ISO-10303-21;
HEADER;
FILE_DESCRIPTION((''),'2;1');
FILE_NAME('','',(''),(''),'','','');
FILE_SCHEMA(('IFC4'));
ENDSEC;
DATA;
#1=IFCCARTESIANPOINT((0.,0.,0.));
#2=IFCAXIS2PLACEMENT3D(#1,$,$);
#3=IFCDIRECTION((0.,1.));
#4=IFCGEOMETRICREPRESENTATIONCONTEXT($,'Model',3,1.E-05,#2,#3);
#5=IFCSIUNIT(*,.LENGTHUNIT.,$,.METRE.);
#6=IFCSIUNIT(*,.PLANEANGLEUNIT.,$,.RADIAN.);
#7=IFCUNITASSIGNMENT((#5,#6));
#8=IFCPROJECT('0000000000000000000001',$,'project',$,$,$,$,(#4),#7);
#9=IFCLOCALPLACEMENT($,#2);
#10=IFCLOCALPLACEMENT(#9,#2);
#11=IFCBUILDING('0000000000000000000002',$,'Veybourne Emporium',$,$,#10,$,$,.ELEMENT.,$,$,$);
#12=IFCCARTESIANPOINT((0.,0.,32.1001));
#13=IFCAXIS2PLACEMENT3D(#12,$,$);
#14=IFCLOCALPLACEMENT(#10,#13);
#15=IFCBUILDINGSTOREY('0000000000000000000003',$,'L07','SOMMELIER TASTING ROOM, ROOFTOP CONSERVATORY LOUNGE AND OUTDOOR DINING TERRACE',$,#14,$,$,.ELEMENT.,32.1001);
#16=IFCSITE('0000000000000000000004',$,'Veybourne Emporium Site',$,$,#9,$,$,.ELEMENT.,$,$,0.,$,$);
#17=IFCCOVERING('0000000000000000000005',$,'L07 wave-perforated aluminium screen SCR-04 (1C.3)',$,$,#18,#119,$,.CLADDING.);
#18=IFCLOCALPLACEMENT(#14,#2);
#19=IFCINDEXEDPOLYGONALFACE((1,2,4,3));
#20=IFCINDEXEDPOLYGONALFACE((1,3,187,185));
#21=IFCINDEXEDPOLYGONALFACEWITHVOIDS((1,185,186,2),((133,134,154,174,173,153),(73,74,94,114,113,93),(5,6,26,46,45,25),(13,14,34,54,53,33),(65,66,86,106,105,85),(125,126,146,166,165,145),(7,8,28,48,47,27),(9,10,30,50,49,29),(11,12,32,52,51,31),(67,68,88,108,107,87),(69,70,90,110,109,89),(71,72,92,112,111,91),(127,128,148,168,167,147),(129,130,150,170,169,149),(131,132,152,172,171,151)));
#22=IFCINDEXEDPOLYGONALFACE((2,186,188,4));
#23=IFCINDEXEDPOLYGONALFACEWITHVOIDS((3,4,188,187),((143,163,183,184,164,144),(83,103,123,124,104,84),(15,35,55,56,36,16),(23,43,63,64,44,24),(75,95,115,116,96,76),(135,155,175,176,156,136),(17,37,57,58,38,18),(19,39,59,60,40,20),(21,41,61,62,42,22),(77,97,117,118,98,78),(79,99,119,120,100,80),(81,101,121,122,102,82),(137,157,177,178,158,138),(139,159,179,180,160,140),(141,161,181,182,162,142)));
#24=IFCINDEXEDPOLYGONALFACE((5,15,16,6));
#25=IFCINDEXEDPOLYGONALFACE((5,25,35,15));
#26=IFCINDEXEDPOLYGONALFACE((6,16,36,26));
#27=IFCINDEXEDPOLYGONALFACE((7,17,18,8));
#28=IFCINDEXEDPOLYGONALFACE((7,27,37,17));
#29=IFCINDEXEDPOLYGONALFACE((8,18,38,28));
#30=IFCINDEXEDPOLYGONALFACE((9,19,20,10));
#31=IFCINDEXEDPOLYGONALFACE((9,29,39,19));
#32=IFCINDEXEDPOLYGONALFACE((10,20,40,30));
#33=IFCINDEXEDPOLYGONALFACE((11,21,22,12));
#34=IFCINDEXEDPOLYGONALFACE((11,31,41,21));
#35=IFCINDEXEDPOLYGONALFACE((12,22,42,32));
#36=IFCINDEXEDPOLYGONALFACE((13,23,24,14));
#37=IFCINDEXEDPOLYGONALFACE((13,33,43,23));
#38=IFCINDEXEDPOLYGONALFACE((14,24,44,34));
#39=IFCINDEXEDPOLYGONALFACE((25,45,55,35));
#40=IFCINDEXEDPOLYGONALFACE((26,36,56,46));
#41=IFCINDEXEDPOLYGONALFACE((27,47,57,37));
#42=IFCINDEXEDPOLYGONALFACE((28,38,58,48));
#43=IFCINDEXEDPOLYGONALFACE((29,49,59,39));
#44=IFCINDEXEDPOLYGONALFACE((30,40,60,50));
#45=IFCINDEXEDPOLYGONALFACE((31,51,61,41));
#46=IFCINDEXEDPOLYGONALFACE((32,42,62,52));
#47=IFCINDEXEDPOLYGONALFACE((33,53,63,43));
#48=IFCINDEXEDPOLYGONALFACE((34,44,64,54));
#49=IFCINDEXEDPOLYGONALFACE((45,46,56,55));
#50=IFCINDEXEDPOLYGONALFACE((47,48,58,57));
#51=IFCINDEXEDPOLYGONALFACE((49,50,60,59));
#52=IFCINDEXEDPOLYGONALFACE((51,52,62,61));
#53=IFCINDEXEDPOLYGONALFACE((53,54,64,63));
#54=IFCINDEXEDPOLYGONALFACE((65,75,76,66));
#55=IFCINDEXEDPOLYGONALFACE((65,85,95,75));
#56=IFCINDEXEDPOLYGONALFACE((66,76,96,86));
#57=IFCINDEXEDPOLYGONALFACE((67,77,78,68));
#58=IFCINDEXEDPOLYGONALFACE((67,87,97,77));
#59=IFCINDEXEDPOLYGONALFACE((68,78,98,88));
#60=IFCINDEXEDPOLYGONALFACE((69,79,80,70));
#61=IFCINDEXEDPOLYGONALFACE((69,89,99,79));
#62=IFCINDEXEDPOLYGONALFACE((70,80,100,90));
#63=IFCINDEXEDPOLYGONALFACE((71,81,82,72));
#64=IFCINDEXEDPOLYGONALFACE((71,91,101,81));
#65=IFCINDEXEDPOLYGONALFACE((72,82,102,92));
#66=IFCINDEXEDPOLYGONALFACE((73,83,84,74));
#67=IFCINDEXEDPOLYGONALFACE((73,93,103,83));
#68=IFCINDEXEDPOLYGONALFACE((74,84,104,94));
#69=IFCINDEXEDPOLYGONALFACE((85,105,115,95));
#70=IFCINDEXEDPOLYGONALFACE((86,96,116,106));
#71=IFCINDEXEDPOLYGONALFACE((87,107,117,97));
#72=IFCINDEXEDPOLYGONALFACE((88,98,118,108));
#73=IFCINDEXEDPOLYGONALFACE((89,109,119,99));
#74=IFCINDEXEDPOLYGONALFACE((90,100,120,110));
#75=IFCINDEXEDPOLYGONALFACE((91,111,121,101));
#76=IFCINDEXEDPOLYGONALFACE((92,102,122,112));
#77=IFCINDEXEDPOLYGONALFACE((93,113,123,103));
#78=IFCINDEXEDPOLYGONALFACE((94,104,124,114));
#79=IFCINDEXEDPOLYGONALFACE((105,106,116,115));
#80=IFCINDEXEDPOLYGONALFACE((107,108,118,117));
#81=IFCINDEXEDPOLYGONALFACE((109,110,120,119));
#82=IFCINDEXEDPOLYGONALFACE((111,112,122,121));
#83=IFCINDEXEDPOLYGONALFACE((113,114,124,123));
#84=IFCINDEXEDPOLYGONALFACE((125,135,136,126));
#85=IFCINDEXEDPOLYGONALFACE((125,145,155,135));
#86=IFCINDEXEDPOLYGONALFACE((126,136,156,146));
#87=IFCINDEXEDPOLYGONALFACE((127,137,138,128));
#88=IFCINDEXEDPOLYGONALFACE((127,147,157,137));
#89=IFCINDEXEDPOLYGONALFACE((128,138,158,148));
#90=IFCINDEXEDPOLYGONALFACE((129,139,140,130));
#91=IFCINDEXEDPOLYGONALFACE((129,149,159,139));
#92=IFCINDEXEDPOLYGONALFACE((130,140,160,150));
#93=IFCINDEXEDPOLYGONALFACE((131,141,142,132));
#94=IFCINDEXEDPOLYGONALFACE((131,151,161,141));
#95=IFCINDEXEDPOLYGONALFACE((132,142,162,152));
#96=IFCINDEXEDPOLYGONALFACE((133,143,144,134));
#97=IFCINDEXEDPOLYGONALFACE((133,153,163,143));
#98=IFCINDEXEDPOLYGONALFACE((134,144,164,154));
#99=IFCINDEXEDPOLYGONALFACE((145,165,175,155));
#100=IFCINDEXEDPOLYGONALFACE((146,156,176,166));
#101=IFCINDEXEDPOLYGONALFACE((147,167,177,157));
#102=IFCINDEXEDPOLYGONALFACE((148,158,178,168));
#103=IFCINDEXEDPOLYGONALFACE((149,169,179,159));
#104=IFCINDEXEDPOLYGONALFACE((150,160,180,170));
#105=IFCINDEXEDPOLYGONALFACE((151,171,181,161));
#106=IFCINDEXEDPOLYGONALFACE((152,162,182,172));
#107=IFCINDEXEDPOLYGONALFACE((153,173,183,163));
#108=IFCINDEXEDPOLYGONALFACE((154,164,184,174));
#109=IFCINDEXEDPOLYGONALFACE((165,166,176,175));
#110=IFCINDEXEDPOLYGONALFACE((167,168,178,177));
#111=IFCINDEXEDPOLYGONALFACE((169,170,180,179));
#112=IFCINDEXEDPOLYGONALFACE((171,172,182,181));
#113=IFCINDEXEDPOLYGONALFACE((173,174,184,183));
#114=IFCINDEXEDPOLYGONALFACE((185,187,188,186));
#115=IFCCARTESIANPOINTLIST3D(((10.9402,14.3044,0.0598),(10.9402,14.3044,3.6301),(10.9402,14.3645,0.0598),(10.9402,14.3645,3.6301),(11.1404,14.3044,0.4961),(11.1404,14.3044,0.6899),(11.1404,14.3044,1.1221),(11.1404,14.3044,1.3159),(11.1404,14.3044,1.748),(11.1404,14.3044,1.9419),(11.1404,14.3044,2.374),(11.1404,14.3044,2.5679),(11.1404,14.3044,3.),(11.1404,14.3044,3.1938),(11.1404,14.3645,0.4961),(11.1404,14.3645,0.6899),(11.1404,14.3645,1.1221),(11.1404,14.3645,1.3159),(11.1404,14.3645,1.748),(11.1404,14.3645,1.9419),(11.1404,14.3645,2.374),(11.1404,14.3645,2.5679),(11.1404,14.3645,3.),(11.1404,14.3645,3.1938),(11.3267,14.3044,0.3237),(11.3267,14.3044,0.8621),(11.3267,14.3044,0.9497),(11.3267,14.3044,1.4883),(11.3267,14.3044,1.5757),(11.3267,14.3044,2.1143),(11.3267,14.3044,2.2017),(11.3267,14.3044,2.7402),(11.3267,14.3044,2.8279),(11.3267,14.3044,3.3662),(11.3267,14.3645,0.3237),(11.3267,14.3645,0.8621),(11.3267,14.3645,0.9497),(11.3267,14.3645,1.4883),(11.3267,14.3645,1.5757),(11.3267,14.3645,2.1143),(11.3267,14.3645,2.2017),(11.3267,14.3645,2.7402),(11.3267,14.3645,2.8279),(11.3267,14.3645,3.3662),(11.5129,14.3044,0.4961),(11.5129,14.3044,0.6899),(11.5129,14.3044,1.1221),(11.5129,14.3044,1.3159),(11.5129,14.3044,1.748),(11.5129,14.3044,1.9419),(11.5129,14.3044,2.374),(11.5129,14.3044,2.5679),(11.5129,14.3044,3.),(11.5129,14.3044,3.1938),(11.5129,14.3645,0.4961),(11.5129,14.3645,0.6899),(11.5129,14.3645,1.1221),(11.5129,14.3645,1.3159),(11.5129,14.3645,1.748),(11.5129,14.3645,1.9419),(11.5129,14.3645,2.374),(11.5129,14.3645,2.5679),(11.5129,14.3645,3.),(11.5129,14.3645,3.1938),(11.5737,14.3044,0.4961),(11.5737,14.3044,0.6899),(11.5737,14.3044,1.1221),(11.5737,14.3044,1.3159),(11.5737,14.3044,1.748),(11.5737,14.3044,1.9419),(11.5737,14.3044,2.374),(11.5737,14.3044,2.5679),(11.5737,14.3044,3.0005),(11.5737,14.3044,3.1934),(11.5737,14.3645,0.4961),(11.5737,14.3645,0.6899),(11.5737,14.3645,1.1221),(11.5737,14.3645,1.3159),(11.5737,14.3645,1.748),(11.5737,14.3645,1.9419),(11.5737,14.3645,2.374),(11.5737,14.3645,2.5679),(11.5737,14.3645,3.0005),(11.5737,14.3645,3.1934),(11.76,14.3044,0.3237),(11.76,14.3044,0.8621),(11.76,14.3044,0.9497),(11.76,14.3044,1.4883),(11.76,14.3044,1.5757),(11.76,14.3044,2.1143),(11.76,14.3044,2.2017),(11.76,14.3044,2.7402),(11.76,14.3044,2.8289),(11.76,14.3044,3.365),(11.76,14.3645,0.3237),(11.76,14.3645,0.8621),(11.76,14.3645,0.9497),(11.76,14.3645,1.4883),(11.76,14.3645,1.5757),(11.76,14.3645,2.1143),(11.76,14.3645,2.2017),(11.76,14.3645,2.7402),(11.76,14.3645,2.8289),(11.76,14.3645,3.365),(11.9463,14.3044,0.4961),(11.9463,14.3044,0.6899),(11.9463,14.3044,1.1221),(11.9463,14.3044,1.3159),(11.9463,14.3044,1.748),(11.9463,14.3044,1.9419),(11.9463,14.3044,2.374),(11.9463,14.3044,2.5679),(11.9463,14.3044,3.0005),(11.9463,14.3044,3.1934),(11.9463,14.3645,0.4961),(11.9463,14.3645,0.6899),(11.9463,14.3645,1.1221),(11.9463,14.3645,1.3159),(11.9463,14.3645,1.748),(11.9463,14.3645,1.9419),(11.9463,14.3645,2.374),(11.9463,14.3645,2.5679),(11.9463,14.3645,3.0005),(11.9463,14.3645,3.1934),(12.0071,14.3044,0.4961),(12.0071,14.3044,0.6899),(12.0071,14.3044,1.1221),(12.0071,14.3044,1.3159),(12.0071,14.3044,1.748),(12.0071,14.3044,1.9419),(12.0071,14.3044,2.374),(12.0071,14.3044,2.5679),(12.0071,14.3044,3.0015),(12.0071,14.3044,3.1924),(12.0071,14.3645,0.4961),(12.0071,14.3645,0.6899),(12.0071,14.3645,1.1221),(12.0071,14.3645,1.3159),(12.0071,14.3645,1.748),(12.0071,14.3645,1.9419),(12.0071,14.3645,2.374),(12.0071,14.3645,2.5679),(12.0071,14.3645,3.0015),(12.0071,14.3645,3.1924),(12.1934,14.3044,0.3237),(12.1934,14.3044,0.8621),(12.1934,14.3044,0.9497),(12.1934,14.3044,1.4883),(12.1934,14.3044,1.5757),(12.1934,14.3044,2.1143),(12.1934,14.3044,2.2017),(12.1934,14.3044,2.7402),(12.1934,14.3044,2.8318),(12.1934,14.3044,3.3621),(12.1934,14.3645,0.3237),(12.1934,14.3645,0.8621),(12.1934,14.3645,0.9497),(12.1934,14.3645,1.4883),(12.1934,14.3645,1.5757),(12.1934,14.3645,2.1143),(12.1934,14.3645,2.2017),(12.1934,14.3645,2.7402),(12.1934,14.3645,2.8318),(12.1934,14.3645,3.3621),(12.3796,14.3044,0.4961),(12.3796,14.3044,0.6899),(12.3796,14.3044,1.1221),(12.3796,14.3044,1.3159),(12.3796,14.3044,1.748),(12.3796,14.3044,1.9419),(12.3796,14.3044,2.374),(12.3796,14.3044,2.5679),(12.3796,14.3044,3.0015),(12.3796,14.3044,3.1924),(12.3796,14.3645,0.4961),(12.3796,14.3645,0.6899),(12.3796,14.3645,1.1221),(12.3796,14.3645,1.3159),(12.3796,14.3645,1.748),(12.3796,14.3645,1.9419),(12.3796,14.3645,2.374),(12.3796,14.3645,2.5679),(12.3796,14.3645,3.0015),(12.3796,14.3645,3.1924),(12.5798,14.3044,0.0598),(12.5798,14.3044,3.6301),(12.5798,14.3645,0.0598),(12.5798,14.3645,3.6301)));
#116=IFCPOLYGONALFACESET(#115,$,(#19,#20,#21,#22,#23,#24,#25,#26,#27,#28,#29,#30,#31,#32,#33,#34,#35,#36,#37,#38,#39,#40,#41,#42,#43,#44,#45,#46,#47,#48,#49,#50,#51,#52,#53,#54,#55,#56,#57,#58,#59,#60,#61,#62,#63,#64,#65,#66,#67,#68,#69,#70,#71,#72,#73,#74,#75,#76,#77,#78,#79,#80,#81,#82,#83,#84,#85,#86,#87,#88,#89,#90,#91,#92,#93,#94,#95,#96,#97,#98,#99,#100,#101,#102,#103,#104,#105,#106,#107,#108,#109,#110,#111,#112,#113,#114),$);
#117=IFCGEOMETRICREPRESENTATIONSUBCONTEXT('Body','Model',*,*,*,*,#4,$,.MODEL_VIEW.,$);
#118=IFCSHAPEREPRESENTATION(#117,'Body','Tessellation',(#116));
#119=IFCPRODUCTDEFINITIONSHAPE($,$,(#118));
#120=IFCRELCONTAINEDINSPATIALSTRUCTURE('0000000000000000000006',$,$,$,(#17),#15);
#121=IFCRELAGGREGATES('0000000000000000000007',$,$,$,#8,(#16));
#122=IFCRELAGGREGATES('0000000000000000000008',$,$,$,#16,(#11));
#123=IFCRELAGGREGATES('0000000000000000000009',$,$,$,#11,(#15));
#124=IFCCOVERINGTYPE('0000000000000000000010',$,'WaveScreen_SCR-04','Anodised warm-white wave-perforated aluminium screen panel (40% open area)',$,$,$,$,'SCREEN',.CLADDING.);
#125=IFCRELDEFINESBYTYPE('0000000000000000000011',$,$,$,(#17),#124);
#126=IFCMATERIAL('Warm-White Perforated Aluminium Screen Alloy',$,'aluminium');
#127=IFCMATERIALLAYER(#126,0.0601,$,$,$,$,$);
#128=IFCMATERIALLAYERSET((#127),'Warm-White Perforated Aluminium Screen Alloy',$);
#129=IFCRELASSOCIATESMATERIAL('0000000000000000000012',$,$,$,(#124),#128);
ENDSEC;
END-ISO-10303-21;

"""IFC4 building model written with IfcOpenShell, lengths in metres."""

from ifc_helpers import new_model, si_unit, direction, frame, origin, place, context, subcontext, project, spatial, polyline, outline, extrude, material, layer, layer_set, type_object, element, save


model = new_model("IFC4")

# Units and contexts
model_context = context("Model", 3, precision=1e-05, world=origin(), true_north=direction((0.0, 1.0)))
body_context = subcontext(model_context, "Body", "Model", "MODEL_VIEW")
ifc_project = project(units=[si_unit("LENGTHUNIT", "METRE"), si_unit("PLANEANGLEUNIT", "RADIAN")], contexts=[model_context])

# Site, building, storey
site_placement = place(None, origin())
site = spatial("IfcSite", under=ifc_project, at=site_placement, Name="Veybourne Emporium Site", CompositionType="ELEMENT", RefElevation=0.0)
building_placement = place(site_placement, origin())
building = spatial("IfcBuilding", under=site, at=building_placement, Name="Veybourne Emporium", CompositionType="ELEMENT")
storey_placement = place(building_placement, frame((0.0, 0.0, 32.1001)))
storey = spatial("IfcBuildingStorey", under=building, at=storey_placement, Name="L07", Description="SOMMELIER TASTING ROOM, ROOFTOP CONSERVATORY LOUNGE AND OUTDOOR DINING TERRACE", CompositionType="ELEMENT", Elevation=32.1001)

# Covering
ifc_material_1 = material(Name="Warm-White Perforated Aluminium Screen Alloy", Category="aluminium")
ifc_layer_1 = layer(ifc_material_1, 0.0601)
ifc_layer_set_1 = layer_set([ifc_layer_1], Name="Warm-White Perforated Aluminium Screen Alloy")
covering_type_1 = type_object("IfcCoveringType", Name="WaveScreen_SCR-04", Description="Anodised warm-white wave-perforated aluminium screen panel (40% open area)", ElementType="SCREEN", PredefinedType="CLADDING", material=ifc_layer_set_1)
covering_1_placement = place(storey_placement, frame((11.76, 14.3044, 1.845), z_axis=(0.0, 1.0, 0.0), x_axis=(-1.0, 0.0, 0.0)))
element("IfcCovering", 1, at=covering_1_placement, inside=storey, type_object=covering_type_1, Name="L07 wave-perforated aluminium screen SCR-04 (1C.3)", PredefinedType="CLADDING", context=body_context, shape_type="SweptSolid", body=[
    extrude(outline(polyline([(-0.8198, -1.7852), (0.8198, -1.7852), (0.8198, 1.7852), (-0.8198, 1.7852), (-0.8198, -1.7852)]), holes=[polyline([(-0.4333, -0.9829), (-0.2471, -1.155), (-0.2471, -1.3489), (-0.4333, -1.5212), (-0.6196, -1.3489), (-0.6196, -1.155), (-0.4333, -0.9829)]), polyline([(-0.4333, -0.3567), (-0.2471, -0.5291), (-0.2471, -0.7229), (-0.4333, -0.8953), (-0.6196, -0.7229), (-0.6196, -0.5291), (-0.4333, -0.3567)]), polyline([(-0.4333, 0.2693), (-0.2471, 0.0969), (-0.2471, -0.0969), (-0.4333, -0.2693), (-0.6196, -0.0969), (-0.6196, 0.0969), (-0.4333, 0.2693)]), polyline([(-0.4333, 0.8953), (-0.2471, 0.7229), (-0.2471, 0.5291), (-0.4333, 0.3567), (-0.6196, 0.5291), (-0.6196, 0.7229), (-0.4333, 0.8953)]), polyline([(-0.4333, 1.5171), (-0.2471, 1.3474), (-0.2471, 1.1565), (-0.4333, 0.9868), (-0.6196, 1.1565), (-0.6196, 1.3474), (-0.4333, 1.5171)]), polyline([(0.0, -0.9829), (0.1863, -1.155), (0.1863, -1.3489), (0.0, -1.5212), (-0.1863, -1.3489), (-0.1863, -1.155), (0.0, -0.9829)]), polyline([(0.0, -0.3567), (0.1863, -0.5291), (0.1863, -0.7229), (0.0, -0.8953), (-0.1863, -0.7229), (-0.1863, -0.5291), (0.0, -0.3567)]), polyline([(0.0, 0.2693), (0.1863, 0.0969), (0.1863, -0.0969), (0.0, -0.2693), (-0.1863, -0.0969), (-0.1863, 0.0969), (0.0, 0.2693)]), polyline([(0.0, 0.8953), (0.1863, 0.7229), (0.1863, 0.5291), (0.0, 0.3567), (-0.1863, 0.5291), (-0.1863, 0.7229), (0.0, 0.8953)]), polyline([(0.0, 1.52), (0.1863, 1.3484), (0.1863, 1.1555), (0.0, 0.9839), (-0.1863, 1.1555), (-0.1863, 1.3484), (0.0, 1.52)]), polyline([(0.4333, -0.9829), (0.6196, -1.155), (0.6196, -1.3489), (0.4333, -1.5212), (0.2471, -1.3489), (0.2471, -1.155), (0.4333, -0.9829)]), polyline([(0.4333, -0.3567), (0.6196, -0.5291), (0.6196, -0.7229), (0.4333, -0.8953), (0.2471, -0.7229), (0.2471, -0.5291), (0.4333, -0.3567)]), polyline([(0.4333, 0.2693), (0.6196, 0.0969), (0.6196, -0.0969), (0.4333, -0.2693), (0.2471, -0.0969), (0.2471, 0.0969), (0.4333, 0.2693)]), polyline([(0.4333, 0.8953), (0.6196, 0.7229), (0.6196, 0.5291), (0.4333, 0.3567), (0.2471, 0.5291), (0.2471, 0.7229), (0.4333, 0.8953)]), polyline([(0.4333, 1.5212), (0.6196, 1.3489), (0.6196, 1.155), (0.4333, 0.9829), (0.2471, 1.155), (0.2471, 1.3489), (0.4333, 1.5212)])]), origin(), (0.0, 0.0, 1.0), 0.0601),
])

save(model, "model.ifc")
